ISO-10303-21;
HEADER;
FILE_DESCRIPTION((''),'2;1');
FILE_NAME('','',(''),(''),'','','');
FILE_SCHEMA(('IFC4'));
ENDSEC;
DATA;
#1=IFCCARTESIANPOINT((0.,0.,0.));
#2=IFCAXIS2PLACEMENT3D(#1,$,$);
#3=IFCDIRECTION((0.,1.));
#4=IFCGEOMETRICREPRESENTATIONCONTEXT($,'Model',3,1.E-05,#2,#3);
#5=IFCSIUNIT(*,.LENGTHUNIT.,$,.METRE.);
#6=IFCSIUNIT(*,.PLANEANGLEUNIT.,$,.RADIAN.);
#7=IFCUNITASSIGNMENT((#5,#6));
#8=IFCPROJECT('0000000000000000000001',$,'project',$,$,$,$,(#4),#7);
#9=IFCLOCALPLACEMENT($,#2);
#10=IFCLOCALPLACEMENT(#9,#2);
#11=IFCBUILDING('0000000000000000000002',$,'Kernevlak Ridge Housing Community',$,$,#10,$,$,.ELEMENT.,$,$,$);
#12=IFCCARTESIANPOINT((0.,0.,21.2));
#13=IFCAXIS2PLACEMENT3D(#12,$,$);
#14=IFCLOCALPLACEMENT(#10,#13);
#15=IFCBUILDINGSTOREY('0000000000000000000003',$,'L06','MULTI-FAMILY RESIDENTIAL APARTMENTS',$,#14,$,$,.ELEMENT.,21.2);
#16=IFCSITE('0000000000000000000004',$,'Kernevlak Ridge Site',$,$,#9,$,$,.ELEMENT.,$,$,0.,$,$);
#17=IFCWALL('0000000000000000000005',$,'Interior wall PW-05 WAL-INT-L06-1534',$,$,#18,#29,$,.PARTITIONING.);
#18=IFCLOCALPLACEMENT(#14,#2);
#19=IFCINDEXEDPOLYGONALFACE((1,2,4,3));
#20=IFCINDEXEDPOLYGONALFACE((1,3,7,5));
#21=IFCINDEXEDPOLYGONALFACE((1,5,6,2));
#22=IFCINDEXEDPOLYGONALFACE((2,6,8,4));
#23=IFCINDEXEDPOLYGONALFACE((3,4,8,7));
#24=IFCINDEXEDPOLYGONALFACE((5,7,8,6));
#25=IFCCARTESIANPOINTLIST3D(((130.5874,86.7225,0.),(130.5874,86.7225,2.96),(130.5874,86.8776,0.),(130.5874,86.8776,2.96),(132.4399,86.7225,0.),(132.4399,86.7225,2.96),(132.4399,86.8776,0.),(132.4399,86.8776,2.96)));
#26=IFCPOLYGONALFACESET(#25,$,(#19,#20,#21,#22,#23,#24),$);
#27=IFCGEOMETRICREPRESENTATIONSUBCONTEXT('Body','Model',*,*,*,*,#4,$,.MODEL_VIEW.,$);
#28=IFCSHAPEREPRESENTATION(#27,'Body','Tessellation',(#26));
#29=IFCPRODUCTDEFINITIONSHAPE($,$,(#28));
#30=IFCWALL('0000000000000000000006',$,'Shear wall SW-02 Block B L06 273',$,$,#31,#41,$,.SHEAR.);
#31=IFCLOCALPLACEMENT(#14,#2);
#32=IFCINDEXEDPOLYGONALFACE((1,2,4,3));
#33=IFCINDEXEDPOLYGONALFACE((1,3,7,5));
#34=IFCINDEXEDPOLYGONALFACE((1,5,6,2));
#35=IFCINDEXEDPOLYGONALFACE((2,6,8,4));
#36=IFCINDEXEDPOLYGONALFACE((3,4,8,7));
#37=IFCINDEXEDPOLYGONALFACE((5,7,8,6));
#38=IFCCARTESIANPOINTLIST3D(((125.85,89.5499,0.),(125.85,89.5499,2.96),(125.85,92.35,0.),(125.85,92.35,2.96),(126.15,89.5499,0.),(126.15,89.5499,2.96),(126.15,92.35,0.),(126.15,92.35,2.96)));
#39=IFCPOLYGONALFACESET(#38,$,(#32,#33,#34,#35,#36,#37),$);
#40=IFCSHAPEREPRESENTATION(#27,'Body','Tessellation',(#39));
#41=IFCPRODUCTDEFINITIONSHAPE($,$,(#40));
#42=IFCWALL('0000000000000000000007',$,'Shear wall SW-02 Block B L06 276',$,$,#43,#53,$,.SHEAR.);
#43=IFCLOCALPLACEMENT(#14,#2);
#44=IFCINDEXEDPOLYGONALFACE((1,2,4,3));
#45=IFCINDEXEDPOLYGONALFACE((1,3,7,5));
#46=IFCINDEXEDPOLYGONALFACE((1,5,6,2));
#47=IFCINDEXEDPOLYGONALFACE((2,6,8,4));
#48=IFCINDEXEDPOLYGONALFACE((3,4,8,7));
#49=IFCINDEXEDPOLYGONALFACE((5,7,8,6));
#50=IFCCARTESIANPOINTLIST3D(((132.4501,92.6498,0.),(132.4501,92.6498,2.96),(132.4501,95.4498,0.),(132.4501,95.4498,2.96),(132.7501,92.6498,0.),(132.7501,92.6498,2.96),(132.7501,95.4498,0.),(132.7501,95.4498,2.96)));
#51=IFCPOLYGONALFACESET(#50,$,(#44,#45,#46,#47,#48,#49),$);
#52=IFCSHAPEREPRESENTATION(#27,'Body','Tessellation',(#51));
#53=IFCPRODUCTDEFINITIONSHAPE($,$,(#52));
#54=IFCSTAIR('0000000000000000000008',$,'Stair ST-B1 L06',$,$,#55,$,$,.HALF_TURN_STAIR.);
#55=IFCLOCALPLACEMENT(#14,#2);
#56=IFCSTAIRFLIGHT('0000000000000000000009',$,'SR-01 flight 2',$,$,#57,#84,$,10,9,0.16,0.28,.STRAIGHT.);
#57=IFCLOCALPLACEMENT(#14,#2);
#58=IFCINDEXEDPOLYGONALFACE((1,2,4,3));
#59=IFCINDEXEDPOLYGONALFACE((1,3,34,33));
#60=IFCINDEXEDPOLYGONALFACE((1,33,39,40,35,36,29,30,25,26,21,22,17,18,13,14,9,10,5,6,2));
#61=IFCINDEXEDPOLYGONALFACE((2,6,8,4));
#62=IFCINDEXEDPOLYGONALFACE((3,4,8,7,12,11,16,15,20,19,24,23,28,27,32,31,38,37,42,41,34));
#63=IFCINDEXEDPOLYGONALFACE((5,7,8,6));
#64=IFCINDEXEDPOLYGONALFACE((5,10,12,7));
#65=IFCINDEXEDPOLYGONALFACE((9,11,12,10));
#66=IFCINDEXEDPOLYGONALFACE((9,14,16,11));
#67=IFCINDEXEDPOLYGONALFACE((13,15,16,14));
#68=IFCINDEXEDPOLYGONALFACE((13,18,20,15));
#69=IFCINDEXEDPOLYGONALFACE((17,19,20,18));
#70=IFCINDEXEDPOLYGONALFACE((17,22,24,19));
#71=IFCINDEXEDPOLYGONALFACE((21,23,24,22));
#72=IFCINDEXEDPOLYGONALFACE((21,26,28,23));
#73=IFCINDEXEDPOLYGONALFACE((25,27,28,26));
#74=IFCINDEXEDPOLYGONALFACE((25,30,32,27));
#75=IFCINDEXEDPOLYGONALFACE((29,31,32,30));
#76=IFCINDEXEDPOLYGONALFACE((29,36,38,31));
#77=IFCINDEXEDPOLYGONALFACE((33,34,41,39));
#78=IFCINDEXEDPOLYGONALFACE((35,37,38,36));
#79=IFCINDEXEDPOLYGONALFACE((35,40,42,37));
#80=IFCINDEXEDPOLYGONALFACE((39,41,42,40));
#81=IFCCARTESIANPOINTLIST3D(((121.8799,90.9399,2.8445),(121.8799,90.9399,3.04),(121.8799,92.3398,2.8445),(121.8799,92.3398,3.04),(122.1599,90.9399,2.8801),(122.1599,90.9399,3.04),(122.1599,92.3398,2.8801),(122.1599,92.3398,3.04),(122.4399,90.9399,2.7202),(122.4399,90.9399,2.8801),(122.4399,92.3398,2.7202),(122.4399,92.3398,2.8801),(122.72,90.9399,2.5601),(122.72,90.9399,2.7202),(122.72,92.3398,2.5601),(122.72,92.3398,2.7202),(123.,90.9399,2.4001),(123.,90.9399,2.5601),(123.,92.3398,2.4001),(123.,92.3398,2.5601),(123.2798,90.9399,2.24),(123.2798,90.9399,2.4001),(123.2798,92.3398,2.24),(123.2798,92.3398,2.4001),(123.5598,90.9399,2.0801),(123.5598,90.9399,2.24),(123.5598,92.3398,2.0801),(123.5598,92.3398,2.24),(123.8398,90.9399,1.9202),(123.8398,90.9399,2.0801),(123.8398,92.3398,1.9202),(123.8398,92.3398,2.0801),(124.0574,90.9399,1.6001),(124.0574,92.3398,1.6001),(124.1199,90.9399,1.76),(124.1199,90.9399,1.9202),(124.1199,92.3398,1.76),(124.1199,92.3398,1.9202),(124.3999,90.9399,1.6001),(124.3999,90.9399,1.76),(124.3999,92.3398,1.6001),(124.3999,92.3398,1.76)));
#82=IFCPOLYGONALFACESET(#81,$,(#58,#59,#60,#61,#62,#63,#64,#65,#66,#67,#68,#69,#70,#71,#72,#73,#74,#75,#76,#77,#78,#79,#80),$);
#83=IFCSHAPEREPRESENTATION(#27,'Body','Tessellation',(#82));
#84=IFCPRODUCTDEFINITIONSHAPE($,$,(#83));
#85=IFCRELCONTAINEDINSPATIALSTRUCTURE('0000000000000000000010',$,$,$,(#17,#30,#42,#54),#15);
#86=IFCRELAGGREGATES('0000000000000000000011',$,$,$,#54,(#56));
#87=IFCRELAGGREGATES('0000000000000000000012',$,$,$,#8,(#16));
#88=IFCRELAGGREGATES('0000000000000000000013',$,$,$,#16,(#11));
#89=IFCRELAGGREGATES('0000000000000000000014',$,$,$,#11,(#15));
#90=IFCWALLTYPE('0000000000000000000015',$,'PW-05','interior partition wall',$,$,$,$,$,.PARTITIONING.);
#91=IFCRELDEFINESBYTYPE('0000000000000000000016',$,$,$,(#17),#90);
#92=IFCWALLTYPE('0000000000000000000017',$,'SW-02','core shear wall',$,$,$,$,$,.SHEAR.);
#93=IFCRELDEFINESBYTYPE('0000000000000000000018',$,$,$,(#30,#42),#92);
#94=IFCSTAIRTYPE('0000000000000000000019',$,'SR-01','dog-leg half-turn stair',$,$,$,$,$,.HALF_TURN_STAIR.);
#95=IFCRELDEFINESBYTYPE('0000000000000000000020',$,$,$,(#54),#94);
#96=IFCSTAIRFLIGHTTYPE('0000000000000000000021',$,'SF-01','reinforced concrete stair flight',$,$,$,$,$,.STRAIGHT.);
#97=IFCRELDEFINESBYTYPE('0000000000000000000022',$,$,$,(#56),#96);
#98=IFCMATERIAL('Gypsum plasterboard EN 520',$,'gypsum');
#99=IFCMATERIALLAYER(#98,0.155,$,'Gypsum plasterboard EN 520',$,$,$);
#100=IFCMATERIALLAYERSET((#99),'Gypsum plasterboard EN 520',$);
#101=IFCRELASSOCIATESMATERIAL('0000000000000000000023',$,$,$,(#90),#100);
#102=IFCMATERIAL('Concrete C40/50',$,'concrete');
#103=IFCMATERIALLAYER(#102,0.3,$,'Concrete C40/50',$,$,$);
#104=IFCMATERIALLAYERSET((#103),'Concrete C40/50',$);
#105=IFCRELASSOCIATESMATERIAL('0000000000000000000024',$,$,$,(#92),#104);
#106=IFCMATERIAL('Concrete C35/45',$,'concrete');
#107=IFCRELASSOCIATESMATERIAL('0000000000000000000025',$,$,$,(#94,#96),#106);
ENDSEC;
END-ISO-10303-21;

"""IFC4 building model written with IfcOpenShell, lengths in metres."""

from ifc_helpers import new_model, si_unit, direction, frame, frame_2d, origin, place, context, subcontext, project, spatial, polyline, rectangle, outline, extrude, material, layer, layer_set, type_object, element, aggregate, save


model = new_model("IFC4")

# Units and contexts
model_context = context("Model", 3, precision=1e-05, world=origin(), true_north=direction((0.0, 1.0)))
body_context = subcontext(model_context, "Body", "Model", "MODEL_VIEW")
ifc_project = project(units=[si_unit("LENGTHUNIT", "METRE"), si_unit("PLANEANGLEUNIT", "RADIAN")], contexts=[model_context])

# Site, building, storey
site_placement = place(None, origin())
site = spatial("IfcSite", under=ifc_project, at=site_placement, Name="Kernevlak Ridge Site", CompositionType="ELEMENT", RefElevation=0.0)
building_placement = place(site_placement, origin())
building = spatial("IfcBuilding", under=site, at=building_placement, Name="Kernevlak Ridge Housing Community", CompositionType="ELEMENT")
storey_placement = place(building_placement, frame((0.0, 0.0, 21.2)))
storey = spatial("IfcBuildingStorey", under=building, at=storey_placement, Name="L06", Description="MULTI-FAMILY RESIDENTIAL APARTMENTS", CompositionType="ELEMENT", Elevation=21.2)

# Shared definitions
ifc_material_1 = material(Name="Concrete C40/50", Category="concrete")

# Shared definitions
ifc_material_2 = material(Name="Concrete C35/45", Category="concrete")

# Shared definitions
ifc_material_3 = material(Name="Gypsum plasterboard EN 520", Category="gypsum")

# Shared definitions
ifc_layer_1 = layer(ifc_material_3, 0.155, Name="Gypsum plasterboard EN 520")
ifc_layer_set_1 = layer_set([ifc_layer_1], Name="Gypsum plasterboard EN 520")
wall_type_1 = type_object("IfcWallType", Name="PW-05", Description="interior partition wall", PredefinedType="PARTITIONING", material=ifc_layer_set_1)

# Walls
wall_1_placement = place(storey_placement, frame((130.5874, 86.8, 0.0), z_axis=(0.0, 0.0, 1.0), x_axis=(1.0, 0.0, 0.0)))
element("IfcWall", 1, at=wall_1_placement, inside=storey, type_object=wall_type_1, Name="Interior wall PW-05 WAL-INT-L06-1534", PredefinedType="PARTITIONING", context=body_context, shape_type="SweptSolid", body=[
    extrude(rectangle(XDim=1.8525, YDim=0.155, at=frame_2d((0.9263, 0.0))), origin(), (0.0, 0.0, 1.0), 2.96),
])
ifc_layer_2 = layer(ifc_material_1, 0.3, Name="Concrete C40/50")
ifc_layer_set_2 = layer_set([ifc_layer_2], Name="Concrete C40/50")
wall_type_2 = type_object("IfcWallType", Name="SW-02", Description="core shear wall", PredefinedType="SHEAR", material=ifc_layer_set_2)
for number, where, z_axis, x_axis, name in (
    (2, (126.0, 89.55, 0.0), (0.0, 0.0, 1.0), (0.0, 1.0, 0.0), "Shear wall SW-02 Block B L06 273"),
    (3, (132.6001, 92.6499, 0.0), (0.0, 0.0, 1.0), (0.0, 1.0, 0.0), "Shear wall SW-02 Block B L06 276"),
):
    element("IfcWall", number, at=place(storey_placement, frame(where, z_axis=z_axis, x_axis=x_axis)), inside=storey, type_object=wall_type_2, Name=name, PredefinedType="SHEAR", context=body_context, shape_type="SweptSolid", body=[
        extrude(rectangle(XDim=2.8, YDim=0.3, at=frame_2d((1.3999, 0.0))), origin(), (0.0, 0.0, 1.0), 2.96),
    ])

# Stair, stair flight
stair_type = type_object("IfcStairType", Name="SR-01", Description="dog-leg half-turn stair", PredefinedType="HALF_TURN_STAIR", material=ifc_material_2)
stair_placement = place(storey_placement, origin())
stair = element("IfcStair", 4, at=stair_placement, inside=storey, type_object=stair_type, Name="Stair ST-B1 L06", PredefinedType="HALF_TURN_STAIR")
stair_flight_type = type_object("IfcStairFlightType", Name="SF-01", Description="reinforced concrete stair flight", PredefinedType="STRAIGHT", material=ifc_material_2)
stair_flight_placement = place(storey_placement, frame((124.3999, 91.6399, 1.6001), z_axis=(0.0, 0.0, 1.0), x_axis=(-1.0, 0.0, 0.0)))
stair_flight = element("IfcStairFlight", 5, at=stair_flight_placement, type_object=stair_flight_type, Name="SR-01 flight 2", NumberOfRisers=10, NumberOfTreads=9, PredefinedType="STRAIGHT", RiserHeight=0.16, TreadLength=0.28, context=body_context, shape_type="SweptSolid", body=[
    extrude(outline(polyline([(0.0, 0.0), (0.0, 0.1599), (0.28, 0.1599), (0.28, 0.3201), (0.5601, 0.3201), (0.5601, 0.48), (0.8401, 0.48), (0.8401, 0.6399), (1.1201, 0.6399), (1.1201, 0.8), (1.3999, 0.8), (1.3999, 0.96), (1.6799, 0.96), (1.6799, 1.1201), (1.96, 1.1201), (1.96, 1.28), (2.24, 1.28), (2.24, 1.4399), (2.52, 1.4399), (2.52, 1.6001), (2.52, 1.2444), (0.3425, 0.0), (0.0, 0.0)])), frame((0.0, 0.7, 0.0), z_axis=(0.0, -1.0, 0.0), x_axis=(1.0, 0.0, 0.0)), (0.0, 0.0, 1.0), 1.3999),
])
aggregate(stair, [stair_flight])

save(model, "model.ifc")
